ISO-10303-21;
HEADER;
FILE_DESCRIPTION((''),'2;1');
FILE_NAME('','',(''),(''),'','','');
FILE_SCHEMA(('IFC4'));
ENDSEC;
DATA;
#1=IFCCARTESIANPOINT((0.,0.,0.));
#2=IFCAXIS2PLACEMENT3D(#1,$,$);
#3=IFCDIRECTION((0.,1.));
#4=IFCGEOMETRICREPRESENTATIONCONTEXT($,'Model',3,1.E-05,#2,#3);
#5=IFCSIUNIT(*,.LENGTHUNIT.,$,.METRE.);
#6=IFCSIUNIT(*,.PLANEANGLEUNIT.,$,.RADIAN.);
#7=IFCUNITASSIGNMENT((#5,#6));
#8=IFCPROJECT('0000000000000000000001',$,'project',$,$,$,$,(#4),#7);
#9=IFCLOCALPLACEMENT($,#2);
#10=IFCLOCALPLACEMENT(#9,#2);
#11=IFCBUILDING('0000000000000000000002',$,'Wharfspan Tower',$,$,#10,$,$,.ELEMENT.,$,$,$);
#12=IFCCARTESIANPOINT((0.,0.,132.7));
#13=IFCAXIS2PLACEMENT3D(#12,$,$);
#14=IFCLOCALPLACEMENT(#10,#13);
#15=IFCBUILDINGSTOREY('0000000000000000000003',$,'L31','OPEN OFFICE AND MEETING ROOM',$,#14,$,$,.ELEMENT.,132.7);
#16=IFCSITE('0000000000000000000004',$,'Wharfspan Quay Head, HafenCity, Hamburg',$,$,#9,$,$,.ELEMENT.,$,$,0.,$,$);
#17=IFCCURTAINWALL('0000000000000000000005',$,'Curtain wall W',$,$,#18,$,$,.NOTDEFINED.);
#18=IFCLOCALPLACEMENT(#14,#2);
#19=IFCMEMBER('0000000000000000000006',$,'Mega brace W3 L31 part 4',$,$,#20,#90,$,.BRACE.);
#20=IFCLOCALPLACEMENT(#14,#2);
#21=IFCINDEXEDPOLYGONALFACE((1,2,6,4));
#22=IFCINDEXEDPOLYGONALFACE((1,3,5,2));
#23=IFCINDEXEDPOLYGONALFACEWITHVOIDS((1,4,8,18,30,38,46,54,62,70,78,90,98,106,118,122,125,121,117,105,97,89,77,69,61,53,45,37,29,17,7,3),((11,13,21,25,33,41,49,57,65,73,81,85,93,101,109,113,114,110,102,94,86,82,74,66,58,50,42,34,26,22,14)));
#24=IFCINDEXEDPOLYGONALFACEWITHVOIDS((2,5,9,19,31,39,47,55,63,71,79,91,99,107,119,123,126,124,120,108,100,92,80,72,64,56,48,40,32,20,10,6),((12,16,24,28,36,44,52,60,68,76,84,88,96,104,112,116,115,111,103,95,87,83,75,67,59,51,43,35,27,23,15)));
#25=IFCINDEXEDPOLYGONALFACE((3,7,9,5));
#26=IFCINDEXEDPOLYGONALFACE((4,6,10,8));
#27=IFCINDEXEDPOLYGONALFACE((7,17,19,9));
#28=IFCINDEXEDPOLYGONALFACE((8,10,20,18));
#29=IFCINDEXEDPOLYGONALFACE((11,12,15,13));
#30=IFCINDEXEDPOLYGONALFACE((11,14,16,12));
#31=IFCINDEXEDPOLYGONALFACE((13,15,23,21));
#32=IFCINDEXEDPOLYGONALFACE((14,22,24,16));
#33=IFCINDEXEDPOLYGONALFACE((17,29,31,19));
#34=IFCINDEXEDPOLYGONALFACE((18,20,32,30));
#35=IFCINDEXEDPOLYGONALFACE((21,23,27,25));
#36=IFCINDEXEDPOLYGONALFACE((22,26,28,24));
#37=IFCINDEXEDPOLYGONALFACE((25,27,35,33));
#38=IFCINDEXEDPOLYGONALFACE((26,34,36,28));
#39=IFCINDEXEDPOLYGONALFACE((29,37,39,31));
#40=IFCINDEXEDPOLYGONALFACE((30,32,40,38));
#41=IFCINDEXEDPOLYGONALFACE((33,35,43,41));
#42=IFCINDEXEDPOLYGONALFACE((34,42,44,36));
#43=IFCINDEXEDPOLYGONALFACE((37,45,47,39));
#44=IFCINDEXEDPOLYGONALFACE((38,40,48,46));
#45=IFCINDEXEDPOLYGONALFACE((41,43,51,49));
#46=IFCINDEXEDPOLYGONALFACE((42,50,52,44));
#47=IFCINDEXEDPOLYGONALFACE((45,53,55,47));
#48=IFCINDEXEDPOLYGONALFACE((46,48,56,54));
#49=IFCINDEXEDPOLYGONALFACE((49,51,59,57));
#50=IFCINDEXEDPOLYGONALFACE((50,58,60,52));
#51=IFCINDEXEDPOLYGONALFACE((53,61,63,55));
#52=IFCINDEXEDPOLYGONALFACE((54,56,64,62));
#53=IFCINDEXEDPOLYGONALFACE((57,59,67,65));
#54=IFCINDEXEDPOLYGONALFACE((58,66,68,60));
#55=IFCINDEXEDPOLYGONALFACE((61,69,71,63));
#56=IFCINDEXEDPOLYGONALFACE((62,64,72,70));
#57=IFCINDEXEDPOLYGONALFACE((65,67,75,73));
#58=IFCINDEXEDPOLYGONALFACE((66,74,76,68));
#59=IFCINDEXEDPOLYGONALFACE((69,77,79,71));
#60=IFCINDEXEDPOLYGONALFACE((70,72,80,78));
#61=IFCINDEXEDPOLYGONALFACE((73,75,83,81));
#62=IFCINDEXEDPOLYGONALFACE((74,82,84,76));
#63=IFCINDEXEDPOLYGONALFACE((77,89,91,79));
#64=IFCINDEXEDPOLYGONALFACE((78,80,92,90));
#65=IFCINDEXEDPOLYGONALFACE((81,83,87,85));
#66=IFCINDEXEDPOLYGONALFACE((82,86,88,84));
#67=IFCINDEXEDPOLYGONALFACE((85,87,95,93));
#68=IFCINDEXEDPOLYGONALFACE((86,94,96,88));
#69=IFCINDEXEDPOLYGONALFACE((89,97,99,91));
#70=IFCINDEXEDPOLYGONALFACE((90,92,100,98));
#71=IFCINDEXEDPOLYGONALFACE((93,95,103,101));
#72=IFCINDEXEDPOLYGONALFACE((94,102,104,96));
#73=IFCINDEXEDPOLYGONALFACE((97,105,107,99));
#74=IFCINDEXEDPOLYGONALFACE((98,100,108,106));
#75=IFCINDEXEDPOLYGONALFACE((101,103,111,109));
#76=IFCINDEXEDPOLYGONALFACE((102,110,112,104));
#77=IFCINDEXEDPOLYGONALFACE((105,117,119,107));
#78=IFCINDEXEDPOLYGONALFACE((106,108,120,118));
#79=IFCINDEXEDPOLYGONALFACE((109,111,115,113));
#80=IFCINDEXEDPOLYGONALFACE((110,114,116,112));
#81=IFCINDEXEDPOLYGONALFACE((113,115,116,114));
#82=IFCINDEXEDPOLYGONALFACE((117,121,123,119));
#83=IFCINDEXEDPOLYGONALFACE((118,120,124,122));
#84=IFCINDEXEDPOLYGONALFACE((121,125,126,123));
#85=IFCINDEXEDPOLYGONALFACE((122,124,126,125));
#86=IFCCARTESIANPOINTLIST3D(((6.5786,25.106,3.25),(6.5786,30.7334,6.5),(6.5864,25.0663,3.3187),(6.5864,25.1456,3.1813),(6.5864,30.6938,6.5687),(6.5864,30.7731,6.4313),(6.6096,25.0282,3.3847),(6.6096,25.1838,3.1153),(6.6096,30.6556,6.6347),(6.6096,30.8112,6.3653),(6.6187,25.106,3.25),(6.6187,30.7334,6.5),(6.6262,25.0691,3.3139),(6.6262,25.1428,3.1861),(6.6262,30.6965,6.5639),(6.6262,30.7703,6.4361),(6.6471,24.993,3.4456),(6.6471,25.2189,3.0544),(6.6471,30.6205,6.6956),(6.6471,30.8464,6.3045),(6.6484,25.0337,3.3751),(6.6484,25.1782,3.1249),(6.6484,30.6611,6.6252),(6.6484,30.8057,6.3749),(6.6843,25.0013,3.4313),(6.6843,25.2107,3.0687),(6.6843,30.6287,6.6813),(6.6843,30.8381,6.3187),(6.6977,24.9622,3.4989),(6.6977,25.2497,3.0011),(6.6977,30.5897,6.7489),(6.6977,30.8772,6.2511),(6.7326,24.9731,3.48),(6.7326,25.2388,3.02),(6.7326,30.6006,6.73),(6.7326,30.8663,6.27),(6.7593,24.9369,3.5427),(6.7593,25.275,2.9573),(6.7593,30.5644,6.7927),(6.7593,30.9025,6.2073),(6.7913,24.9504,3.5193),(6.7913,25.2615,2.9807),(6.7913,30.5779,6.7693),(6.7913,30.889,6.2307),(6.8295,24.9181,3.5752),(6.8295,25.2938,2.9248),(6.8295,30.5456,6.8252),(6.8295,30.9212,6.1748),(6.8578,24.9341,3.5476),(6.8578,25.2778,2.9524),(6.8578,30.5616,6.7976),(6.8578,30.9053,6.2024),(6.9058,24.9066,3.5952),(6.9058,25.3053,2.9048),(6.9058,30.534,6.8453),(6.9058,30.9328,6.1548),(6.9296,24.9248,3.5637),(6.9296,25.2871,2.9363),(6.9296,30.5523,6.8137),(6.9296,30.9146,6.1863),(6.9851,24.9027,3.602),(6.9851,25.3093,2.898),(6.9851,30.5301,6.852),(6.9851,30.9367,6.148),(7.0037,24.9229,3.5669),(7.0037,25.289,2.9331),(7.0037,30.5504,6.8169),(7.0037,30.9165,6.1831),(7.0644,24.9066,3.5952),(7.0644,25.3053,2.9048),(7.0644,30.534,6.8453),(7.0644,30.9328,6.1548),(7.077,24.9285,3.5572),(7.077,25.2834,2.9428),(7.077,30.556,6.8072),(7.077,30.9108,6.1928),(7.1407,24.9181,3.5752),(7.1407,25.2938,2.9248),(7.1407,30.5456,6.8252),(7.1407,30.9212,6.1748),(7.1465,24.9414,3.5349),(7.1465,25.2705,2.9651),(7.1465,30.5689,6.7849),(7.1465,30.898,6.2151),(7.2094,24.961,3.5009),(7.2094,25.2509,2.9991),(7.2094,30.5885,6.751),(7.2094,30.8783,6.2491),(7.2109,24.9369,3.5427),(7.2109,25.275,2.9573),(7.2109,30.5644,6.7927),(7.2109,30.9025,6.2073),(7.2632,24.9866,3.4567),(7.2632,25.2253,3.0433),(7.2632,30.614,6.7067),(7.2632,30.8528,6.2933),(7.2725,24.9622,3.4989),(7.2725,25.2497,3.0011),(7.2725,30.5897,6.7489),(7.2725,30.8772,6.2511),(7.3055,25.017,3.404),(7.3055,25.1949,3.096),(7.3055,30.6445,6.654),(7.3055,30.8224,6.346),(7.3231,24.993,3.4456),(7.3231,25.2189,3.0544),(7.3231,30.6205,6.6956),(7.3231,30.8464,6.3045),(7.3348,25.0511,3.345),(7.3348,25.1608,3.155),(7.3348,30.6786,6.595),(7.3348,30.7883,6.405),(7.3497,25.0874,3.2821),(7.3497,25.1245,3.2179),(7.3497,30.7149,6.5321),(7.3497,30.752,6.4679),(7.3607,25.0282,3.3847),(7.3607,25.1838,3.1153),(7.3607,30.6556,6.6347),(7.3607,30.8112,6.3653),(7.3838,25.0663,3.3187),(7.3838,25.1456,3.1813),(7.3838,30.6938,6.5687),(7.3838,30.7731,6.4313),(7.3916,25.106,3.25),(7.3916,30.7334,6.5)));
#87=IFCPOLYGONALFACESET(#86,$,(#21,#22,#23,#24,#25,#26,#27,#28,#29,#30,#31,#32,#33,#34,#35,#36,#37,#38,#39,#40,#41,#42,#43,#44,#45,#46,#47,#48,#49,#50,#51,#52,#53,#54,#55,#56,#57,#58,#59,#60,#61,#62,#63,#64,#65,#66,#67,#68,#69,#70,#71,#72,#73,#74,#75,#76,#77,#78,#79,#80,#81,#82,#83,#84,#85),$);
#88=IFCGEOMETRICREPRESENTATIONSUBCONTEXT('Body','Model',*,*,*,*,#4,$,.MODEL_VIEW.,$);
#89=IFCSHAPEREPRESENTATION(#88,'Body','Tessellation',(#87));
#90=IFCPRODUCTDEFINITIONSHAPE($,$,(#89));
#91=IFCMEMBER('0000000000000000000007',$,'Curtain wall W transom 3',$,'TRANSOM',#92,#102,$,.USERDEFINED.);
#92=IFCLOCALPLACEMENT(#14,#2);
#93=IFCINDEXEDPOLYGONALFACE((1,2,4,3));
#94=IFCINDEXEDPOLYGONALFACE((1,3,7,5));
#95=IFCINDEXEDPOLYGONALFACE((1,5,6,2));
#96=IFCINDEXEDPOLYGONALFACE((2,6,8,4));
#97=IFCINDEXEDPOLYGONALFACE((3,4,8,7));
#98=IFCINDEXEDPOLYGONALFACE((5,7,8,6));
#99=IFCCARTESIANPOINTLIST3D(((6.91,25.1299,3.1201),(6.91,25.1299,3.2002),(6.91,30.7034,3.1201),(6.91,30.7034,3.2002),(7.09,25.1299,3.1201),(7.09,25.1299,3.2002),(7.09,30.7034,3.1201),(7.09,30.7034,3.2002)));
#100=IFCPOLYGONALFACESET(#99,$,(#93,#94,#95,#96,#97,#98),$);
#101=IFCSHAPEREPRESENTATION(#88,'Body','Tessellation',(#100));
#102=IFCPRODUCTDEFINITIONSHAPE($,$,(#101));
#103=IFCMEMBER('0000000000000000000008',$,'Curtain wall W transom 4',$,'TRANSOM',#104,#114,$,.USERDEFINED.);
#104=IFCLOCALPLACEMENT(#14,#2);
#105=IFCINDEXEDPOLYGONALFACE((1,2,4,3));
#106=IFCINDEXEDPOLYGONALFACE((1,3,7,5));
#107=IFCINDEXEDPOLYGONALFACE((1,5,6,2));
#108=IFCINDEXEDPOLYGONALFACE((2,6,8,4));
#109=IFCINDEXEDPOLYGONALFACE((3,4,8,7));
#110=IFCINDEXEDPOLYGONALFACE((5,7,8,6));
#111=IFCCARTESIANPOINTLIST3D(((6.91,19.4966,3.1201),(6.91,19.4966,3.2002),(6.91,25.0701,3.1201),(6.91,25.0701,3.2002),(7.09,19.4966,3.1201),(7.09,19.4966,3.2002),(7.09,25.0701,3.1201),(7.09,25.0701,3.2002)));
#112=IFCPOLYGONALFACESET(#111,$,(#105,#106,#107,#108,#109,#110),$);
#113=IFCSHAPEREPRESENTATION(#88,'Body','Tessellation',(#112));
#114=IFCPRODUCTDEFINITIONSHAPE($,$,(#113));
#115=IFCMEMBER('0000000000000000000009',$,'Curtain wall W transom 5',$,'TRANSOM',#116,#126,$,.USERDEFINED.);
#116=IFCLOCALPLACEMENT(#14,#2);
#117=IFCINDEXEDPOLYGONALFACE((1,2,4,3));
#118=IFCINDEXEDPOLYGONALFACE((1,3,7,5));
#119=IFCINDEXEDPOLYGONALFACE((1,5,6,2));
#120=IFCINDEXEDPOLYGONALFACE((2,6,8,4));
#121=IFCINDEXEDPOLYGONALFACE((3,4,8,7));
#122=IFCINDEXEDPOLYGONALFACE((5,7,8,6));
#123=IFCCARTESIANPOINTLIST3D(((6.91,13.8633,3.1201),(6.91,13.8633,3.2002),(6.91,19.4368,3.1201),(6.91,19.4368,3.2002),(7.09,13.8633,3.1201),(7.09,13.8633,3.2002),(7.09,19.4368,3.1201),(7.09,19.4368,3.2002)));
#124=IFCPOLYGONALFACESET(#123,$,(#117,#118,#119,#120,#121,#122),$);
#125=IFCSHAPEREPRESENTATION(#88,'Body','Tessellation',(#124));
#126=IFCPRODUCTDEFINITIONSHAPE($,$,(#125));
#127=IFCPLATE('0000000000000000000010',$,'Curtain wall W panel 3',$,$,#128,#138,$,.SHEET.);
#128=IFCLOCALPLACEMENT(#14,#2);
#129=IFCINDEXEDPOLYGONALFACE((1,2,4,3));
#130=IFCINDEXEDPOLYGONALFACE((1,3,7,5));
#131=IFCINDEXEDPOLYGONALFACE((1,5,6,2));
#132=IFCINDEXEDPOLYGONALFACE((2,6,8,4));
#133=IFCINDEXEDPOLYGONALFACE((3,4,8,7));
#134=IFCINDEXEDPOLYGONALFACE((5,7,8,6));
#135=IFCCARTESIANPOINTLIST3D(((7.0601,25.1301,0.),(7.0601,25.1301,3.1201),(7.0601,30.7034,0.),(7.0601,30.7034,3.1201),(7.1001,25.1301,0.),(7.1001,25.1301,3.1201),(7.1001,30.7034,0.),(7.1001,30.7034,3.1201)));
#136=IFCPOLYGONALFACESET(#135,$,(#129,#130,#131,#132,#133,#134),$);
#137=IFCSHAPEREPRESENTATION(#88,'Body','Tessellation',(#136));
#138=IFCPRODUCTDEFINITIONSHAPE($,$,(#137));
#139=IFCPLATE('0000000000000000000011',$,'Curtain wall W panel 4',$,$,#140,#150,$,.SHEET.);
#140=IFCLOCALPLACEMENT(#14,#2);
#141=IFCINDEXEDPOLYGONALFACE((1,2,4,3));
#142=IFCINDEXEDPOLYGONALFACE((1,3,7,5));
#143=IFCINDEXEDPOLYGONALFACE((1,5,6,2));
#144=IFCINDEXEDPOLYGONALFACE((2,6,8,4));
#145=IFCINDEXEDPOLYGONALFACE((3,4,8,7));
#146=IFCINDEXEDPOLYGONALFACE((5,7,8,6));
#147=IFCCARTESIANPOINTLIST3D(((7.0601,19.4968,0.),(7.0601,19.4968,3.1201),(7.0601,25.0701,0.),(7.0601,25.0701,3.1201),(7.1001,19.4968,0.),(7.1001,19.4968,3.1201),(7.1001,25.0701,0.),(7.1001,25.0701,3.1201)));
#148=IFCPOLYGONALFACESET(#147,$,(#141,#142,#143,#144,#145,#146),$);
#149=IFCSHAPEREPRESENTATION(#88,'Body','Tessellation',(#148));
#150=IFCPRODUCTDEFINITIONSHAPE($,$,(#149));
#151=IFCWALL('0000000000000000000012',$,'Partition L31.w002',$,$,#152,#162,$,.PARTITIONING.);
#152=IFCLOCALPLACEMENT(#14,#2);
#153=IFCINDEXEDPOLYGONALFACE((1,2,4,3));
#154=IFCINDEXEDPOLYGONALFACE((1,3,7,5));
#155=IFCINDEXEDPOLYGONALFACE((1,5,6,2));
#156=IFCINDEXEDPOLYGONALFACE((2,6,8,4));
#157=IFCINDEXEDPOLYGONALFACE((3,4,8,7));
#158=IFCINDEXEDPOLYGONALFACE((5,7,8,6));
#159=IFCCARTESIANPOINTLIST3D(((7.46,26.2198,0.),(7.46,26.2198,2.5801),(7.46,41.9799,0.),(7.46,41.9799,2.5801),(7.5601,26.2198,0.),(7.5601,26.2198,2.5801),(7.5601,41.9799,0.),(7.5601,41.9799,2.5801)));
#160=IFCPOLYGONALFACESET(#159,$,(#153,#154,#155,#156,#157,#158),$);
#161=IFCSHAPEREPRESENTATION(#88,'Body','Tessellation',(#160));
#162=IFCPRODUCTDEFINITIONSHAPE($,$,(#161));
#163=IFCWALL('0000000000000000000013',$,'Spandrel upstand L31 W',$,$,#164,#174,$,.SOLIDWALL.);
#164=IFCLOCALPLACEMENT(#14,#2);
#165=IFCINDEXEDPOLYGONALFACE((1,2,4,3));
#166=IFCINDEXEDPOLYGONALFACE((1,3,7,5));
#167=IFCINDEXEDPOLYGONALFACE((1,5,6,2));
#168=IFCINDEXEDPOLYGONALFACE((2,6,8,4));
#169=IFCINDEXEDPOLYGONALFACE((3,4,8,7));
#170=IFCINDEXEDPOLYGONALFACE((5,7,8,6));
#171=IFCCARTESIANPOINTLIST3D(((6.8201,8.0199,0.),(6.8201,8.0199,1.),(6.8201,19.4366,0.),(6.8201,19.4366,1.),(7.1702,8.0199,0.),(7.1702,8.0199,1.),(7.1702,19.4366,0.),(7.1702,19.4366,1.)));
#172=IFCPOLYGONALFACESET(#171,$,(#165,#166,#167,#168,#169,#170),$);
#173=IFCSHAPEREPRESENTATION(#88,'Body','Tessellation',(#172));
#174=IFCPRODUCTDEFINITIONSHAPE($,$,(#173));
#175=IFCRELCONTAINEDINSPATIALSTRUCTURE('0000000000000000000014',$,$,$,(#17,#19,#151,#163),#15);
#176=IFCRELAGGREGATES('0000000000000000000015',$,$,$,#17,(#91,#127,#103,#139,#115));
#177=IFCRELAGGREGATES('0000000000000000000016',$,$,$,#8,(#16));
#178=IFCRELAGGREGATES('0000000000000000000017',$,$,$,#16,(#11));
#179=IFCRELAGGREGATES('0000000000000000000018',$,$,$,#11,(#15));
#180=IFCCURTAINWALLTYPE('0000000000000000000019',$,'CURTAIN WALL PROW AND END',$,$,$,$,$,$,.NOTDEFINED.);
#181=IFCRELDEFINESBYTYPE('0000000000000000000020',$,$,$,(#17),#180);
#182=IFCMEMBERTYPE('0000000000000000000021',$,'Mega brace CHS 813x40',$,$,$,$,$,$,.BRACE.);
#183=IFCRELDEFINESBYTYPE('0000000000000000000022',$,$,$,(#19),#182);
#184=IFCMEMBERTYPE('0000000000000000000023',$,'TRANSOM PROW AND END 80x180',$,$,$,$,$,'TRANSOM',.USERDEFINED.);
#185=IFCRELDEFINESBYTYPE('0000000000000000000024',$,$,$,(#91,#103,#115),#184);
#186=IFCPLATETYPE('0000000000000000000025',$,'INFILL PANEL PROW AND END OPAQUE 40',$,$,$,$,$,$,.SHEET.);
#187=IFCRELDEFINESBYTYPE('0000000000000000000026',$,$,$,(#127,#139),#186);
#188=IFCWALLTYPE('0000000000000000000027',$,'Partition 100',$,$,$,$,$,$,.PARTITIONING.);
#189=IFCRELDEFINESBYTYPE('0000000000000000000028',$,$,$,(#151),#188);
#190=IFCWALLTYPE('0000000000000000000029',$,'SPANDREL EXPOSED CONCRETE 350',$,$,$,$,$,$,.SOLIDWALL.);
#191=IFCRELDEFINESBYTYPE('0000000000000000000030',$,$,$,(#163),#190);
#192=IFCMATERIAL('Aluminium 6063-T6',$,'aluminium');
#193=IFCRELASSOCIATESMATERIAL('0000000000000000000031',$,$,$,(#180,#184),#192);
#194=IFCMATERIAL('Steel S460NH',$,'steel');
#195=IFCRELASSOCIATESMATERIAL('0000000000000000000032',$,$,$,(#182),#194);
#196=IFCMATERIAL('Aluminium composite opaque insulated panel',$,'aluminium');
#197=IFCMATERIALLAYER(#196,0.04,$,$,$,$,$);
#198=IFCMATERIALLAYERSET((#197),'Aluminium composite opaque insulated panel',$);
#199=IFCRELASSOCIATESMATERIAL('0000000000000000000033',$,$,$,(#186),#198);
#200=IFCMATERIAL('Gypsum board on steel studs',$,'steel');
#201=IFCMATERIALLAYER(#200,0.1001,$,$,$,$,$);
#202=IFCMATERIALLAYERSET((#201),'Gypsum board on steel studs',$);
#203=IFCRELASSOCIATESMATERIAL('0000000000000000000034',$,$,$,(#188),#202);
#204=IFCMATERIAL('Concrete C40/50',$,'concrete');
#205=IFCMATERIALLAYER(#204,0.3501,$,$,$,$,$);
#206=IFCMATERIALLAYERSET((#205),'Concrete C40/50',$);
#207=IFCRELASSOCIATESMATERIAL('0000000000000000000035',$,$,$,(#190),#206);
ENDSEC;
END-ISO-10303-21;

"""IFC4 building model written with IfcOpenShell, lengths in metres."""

from ifc_helpers import new_model, si_unit, direction, frame, frame_2d, origin, origin_2d, place, context, subcontext, project, spatial, rectangle, hollow_circle, extrude, material, layer, layer_set, material_profile, profile_set, type_object, element, aggregate, save


model = new_model("IFC4")

# Units and contexts
model_context = context("Model", 3, precision=1e-05, world=origin(), true_north=direction((0.0, 1.0)))
body_context = subcontext(model_context, "Body", "Model", "MODEL_VIEW")
ifc_project = project(units=[si_unit("LENGTHUNIT", "METRE"), si_unit("PLANEANGLEUNIT", "RADIAN")], contexts=[model_context])

# Site, building, storey
site_placement = place(None, origin())
site = spatial("IfcSite", under=ifc_project, at=site_placement, Name="Wharfspan Quay Head, HafenCity, Hamburg", CompositionType="ELEMENT", RefElevation=0.0)
building_placement = place(site_placement, origin())
building = spatial("IfcBuilding", under=site, at=building_placement, Name="Wharfspan Tower", CompositionType="ELEMENT")
storey_placement = place(building_placement, frame((0.0, 0.0, 132.7)))
storey = spatial("IfcBuildingStorey", under=building, at=storey_placement, Name="L31", Description="OPEN OFFICE AND MEETING ROOM", CompositionType="ELEMENT", Elevation=132.7)

# Curtain wall
ifc_material_1 = material(Name="Aluminium 6063-T6", Category="aluminium")
curtain_wall_type = type_object("IfcCurtainWallType", Name="CURTAIN WALL PROW AND END", PredefinedType="NOTDEFINED", material=ifc_material_1)
curtain_wall_placement = place(storey_placement, origin())
curtain_wall = element("IfcCurtainWall", 1, at=curtain_wall_placement, inside=storey, type_object=curtain_wall_type, Name="Curtain wall W", PredefinedType="NOTDEFINED")

# Member
ifc_material_2 = material(Name="Steel S460NH", Category="steel")
ifc_material_profile_1 = material_profile(ifc_material_2, hollow_circle(Radius=0.4065, WallThickness=0.04, at=origin_2d()))
ifc_profile_set_1 = profile_set([ifc_material_profile_1], Name="Steel S460NH")
member_type_1 = type_object("IfcMemberType", Name="Mega brace CHS 813x40", PredefinedType="BRACE", material=ifc_profile_set_1)
for number, where, z_axis, x_axis, name in (
    (2, (6.9851, 25.106, 3.25), (0.0, 0.865959, 0.500115), (-1.0, 0.0, 0.0), "Mega brace W3 L31 part 4"),
):
    element("IfcMember", number, at=place(storey_placement, frame(where, z_axis=z_axis, x_axis=x_axis)), inside=storey, type_object=member_type_1, Name=name, PredefinedType="BRACE", context=body_context, shape_type="SweptSolid", body=[
        extrude(hollow_circle(Radius=0.4065, WallThickness=0.04, at=origin_2d()), origin(), (0.0, 0.0, 1.0), 6.4985),
    ])

# Members
ifc_material_profile_2 = material_profile(ifc_material_1, rectangle(XDim=0.1799, YDim=0.0801, at=origin_2d()))
ifc_profile_set_2 = profile_set([ifc_material_profile_2], Name="Aluminium 6063-T6")
member_type_2 = type_object("IfcMemberType", Name="TRANSOM PROW AND END 80x180", ElementType="TRANSOM", PredefinedType="USERDEFINED", material=ifc_profile_set_2)
member_1_placement = place(storey_placement, frame((7.0, 30.7034, 3.1602), z_axis=(0.0, -1.0, 0.0), x_axis=(1.0, 0.0, 0.0)))
member_1 = element("IfcMember", 3, at=member_1_placement, type_object=member_type_2, Name="Curtain wall W transom 3", ObjectType="TRANSOM", PredefinedType="USERDEFINED", context=body_context, shape_type="SweptSolid", body=[
    extrude(rectangle(XDim=0.1799, YDim=0.0801, at=origin_2d()), origin(), (0.0, 0.0, 1.0), 5.5735),
])
member_2_placement = place(storey_placement, frame((7.0, 25.0701, 3.1602), z_axis=(0.0, -1.0, 0.0), x_axis=(1.0, 0.0, 0.0)))
member_2 = element("IfcMember", 4, at=member_2_placement, type_object=member_type_2, Name="Curtain wall W transom 4", ObjectType="TRANSOM", PredefinedType="USERDEFINED", context=body_context, shape_type="SweptSolid", body=[
    extrude(rectangle(XDim=0.1799, YDim=0.0801, at=origin_2d()), origin(), (0.0, 0.0, 1.0), 5.5735),
])
member_3_placement = place(storey_placement, frame((7.0, 19.4368, 3.1602), z_axis=(0.0, -1.0, 0.0), x_axis=(1.0, 0.0, 0.0)))
member_3 = element("IfcMember", 5, at=member_3_placement, type_object=member_type_2, Name="Curtain wall W transom 5", ObjectType="TRANSOM", PredefinedType="USERDEFINED", context=body_context, shape_type="SweptSolid", body=[
    extrude(rectangle(XDim=0.1799, YDim=0.0801, at=origin_2d()), origin(), (0.0, 0.0, 1.0), 5.5735),
])

# Plates
ifc_material_3 = material(Name="Aluminium composite opaque insulated panel", Category="aluminium")
ifc_layer_1 = layer(ifc_material_3, 0.04)
ifc_layer_set_1 = layer_set([ifc_layer_1], Name="Aluminium composite opaque insulated panel")
plate_type = type_object("IfcPlateType", Name="INFILL PANEL PROW AND END OPAQUE 40", PredefinedType="SHEET", material=ifc_layer_set_1)
plate_1_placement = place(storey_placement, frame((7.0801, 27.9167, 0.0), z_axis=(0.0, 0.0, 1.0), x_axis=(0.0, -1.0, 0.0)))
plate_1 = element("IfcPlate", 6, at=plate_1_placement, type_object=plate_type, Name="Curtain wall W panel 3", PredefinedType="SHEET", context=body_context, shape_type="SweptSolid", body=[
    extrude(rectangle(XDim=5.5732, YDim=0.04, at=origin_2d()), origin(), (0.0, 0.0, 1.0), 3.1201),
])
plate_2_placement = place(storey_placement, frame((7.0801, 22.2834, 0.0), z_axis=(0.0, 0.0, 1.0), x_axis=(0.0, -1.0, 0.0)))
plate_2 = element("IfcPlate", 7, at=plate_2_placement, type_object=plate_type, Name="Curtain wall W panel 4", PredefinedType="SHEET", context=body_context, shape_type="SweptSolid", body=[
    extrude(rectangle(XDim=5.5732, YDim=0.04, at=origin_2d()), origin(), (0.0, 0.0, 1.0), 3.1201),
])
aggregate(curtain_wall, [member_1, plate_1, member_2, plate_2, member_3])

# Walls
ifc_material_4 = material(Name="Gypsum board on steel studs", Category="steel")
ifc_layer_2 = layer(ifc_material_4, 0.1001)
ifc_layer_set_2 = layer_set([ifc_layer_2], Name="Gypsum board on steel studs")
wall_type_1 = type_object("IfcWallType", Name="Partition 100", PredefinedType="PARTITIONING", material=ifc_layer_set_2)
wall_1_placement = place(storey_placement, frame((7.51, 26.22, 0.0), z_axis=(0.0, 0.0, 1.0), x_axis=(0.0, 1.0, 0.0)))
element("IfcWall", 8, at=wall_1_placement, inside=storey, type_object=wall_type_1, Name="Partition L31.w002", PredefinedType="PARTITIONING", context=body_context, shape_type="SweptSolid", body=[
    extrude(rectangle(XDim=15.76, YDim=0.1001, at=frame_2d((7.8799, 0.0))), origin(), (0.0, 0.0, 1.0), 2.5801),
])
ifc_material_5 = material(Name="Concrete C40/50", Category="concrete")
ifc_layer_3 = layer(ifc_material_5, 0.3501)
ifc_layer_set_3 = layer_set([ifc_layer_3], Name="Concrete C40/50")
wall_type_2 = type_object("IfcWallType", Name="SPANDREL EXPOSED CONCRETE 350", PredefinedType="SOLIDWALL", material=ifc_layer_set_3)
wall_2_placement = place(storey_placement, frame((6.9951, 19.4368, 0.0), z_axis=(0.0, 0.0, 1.0), x_axis=(0.0, -1.0, 0.0)))
element("IfcWall", 9, at=wall_2_placement, inside=storey, type_object=wall_type_2, Name="Spandrel upstand L31 W", PredefinedType="SOLIDWALL", context=body_context, shape_type="SweptSolid", body=[
    extrude(rectangle(XDim=11.4167, YDim=0.3501, at=frame_2d((5.7085, 0.0))), origin(), (0.0, 0.0, 1.0), 1.0),
])

save(model, "model.ifc")
